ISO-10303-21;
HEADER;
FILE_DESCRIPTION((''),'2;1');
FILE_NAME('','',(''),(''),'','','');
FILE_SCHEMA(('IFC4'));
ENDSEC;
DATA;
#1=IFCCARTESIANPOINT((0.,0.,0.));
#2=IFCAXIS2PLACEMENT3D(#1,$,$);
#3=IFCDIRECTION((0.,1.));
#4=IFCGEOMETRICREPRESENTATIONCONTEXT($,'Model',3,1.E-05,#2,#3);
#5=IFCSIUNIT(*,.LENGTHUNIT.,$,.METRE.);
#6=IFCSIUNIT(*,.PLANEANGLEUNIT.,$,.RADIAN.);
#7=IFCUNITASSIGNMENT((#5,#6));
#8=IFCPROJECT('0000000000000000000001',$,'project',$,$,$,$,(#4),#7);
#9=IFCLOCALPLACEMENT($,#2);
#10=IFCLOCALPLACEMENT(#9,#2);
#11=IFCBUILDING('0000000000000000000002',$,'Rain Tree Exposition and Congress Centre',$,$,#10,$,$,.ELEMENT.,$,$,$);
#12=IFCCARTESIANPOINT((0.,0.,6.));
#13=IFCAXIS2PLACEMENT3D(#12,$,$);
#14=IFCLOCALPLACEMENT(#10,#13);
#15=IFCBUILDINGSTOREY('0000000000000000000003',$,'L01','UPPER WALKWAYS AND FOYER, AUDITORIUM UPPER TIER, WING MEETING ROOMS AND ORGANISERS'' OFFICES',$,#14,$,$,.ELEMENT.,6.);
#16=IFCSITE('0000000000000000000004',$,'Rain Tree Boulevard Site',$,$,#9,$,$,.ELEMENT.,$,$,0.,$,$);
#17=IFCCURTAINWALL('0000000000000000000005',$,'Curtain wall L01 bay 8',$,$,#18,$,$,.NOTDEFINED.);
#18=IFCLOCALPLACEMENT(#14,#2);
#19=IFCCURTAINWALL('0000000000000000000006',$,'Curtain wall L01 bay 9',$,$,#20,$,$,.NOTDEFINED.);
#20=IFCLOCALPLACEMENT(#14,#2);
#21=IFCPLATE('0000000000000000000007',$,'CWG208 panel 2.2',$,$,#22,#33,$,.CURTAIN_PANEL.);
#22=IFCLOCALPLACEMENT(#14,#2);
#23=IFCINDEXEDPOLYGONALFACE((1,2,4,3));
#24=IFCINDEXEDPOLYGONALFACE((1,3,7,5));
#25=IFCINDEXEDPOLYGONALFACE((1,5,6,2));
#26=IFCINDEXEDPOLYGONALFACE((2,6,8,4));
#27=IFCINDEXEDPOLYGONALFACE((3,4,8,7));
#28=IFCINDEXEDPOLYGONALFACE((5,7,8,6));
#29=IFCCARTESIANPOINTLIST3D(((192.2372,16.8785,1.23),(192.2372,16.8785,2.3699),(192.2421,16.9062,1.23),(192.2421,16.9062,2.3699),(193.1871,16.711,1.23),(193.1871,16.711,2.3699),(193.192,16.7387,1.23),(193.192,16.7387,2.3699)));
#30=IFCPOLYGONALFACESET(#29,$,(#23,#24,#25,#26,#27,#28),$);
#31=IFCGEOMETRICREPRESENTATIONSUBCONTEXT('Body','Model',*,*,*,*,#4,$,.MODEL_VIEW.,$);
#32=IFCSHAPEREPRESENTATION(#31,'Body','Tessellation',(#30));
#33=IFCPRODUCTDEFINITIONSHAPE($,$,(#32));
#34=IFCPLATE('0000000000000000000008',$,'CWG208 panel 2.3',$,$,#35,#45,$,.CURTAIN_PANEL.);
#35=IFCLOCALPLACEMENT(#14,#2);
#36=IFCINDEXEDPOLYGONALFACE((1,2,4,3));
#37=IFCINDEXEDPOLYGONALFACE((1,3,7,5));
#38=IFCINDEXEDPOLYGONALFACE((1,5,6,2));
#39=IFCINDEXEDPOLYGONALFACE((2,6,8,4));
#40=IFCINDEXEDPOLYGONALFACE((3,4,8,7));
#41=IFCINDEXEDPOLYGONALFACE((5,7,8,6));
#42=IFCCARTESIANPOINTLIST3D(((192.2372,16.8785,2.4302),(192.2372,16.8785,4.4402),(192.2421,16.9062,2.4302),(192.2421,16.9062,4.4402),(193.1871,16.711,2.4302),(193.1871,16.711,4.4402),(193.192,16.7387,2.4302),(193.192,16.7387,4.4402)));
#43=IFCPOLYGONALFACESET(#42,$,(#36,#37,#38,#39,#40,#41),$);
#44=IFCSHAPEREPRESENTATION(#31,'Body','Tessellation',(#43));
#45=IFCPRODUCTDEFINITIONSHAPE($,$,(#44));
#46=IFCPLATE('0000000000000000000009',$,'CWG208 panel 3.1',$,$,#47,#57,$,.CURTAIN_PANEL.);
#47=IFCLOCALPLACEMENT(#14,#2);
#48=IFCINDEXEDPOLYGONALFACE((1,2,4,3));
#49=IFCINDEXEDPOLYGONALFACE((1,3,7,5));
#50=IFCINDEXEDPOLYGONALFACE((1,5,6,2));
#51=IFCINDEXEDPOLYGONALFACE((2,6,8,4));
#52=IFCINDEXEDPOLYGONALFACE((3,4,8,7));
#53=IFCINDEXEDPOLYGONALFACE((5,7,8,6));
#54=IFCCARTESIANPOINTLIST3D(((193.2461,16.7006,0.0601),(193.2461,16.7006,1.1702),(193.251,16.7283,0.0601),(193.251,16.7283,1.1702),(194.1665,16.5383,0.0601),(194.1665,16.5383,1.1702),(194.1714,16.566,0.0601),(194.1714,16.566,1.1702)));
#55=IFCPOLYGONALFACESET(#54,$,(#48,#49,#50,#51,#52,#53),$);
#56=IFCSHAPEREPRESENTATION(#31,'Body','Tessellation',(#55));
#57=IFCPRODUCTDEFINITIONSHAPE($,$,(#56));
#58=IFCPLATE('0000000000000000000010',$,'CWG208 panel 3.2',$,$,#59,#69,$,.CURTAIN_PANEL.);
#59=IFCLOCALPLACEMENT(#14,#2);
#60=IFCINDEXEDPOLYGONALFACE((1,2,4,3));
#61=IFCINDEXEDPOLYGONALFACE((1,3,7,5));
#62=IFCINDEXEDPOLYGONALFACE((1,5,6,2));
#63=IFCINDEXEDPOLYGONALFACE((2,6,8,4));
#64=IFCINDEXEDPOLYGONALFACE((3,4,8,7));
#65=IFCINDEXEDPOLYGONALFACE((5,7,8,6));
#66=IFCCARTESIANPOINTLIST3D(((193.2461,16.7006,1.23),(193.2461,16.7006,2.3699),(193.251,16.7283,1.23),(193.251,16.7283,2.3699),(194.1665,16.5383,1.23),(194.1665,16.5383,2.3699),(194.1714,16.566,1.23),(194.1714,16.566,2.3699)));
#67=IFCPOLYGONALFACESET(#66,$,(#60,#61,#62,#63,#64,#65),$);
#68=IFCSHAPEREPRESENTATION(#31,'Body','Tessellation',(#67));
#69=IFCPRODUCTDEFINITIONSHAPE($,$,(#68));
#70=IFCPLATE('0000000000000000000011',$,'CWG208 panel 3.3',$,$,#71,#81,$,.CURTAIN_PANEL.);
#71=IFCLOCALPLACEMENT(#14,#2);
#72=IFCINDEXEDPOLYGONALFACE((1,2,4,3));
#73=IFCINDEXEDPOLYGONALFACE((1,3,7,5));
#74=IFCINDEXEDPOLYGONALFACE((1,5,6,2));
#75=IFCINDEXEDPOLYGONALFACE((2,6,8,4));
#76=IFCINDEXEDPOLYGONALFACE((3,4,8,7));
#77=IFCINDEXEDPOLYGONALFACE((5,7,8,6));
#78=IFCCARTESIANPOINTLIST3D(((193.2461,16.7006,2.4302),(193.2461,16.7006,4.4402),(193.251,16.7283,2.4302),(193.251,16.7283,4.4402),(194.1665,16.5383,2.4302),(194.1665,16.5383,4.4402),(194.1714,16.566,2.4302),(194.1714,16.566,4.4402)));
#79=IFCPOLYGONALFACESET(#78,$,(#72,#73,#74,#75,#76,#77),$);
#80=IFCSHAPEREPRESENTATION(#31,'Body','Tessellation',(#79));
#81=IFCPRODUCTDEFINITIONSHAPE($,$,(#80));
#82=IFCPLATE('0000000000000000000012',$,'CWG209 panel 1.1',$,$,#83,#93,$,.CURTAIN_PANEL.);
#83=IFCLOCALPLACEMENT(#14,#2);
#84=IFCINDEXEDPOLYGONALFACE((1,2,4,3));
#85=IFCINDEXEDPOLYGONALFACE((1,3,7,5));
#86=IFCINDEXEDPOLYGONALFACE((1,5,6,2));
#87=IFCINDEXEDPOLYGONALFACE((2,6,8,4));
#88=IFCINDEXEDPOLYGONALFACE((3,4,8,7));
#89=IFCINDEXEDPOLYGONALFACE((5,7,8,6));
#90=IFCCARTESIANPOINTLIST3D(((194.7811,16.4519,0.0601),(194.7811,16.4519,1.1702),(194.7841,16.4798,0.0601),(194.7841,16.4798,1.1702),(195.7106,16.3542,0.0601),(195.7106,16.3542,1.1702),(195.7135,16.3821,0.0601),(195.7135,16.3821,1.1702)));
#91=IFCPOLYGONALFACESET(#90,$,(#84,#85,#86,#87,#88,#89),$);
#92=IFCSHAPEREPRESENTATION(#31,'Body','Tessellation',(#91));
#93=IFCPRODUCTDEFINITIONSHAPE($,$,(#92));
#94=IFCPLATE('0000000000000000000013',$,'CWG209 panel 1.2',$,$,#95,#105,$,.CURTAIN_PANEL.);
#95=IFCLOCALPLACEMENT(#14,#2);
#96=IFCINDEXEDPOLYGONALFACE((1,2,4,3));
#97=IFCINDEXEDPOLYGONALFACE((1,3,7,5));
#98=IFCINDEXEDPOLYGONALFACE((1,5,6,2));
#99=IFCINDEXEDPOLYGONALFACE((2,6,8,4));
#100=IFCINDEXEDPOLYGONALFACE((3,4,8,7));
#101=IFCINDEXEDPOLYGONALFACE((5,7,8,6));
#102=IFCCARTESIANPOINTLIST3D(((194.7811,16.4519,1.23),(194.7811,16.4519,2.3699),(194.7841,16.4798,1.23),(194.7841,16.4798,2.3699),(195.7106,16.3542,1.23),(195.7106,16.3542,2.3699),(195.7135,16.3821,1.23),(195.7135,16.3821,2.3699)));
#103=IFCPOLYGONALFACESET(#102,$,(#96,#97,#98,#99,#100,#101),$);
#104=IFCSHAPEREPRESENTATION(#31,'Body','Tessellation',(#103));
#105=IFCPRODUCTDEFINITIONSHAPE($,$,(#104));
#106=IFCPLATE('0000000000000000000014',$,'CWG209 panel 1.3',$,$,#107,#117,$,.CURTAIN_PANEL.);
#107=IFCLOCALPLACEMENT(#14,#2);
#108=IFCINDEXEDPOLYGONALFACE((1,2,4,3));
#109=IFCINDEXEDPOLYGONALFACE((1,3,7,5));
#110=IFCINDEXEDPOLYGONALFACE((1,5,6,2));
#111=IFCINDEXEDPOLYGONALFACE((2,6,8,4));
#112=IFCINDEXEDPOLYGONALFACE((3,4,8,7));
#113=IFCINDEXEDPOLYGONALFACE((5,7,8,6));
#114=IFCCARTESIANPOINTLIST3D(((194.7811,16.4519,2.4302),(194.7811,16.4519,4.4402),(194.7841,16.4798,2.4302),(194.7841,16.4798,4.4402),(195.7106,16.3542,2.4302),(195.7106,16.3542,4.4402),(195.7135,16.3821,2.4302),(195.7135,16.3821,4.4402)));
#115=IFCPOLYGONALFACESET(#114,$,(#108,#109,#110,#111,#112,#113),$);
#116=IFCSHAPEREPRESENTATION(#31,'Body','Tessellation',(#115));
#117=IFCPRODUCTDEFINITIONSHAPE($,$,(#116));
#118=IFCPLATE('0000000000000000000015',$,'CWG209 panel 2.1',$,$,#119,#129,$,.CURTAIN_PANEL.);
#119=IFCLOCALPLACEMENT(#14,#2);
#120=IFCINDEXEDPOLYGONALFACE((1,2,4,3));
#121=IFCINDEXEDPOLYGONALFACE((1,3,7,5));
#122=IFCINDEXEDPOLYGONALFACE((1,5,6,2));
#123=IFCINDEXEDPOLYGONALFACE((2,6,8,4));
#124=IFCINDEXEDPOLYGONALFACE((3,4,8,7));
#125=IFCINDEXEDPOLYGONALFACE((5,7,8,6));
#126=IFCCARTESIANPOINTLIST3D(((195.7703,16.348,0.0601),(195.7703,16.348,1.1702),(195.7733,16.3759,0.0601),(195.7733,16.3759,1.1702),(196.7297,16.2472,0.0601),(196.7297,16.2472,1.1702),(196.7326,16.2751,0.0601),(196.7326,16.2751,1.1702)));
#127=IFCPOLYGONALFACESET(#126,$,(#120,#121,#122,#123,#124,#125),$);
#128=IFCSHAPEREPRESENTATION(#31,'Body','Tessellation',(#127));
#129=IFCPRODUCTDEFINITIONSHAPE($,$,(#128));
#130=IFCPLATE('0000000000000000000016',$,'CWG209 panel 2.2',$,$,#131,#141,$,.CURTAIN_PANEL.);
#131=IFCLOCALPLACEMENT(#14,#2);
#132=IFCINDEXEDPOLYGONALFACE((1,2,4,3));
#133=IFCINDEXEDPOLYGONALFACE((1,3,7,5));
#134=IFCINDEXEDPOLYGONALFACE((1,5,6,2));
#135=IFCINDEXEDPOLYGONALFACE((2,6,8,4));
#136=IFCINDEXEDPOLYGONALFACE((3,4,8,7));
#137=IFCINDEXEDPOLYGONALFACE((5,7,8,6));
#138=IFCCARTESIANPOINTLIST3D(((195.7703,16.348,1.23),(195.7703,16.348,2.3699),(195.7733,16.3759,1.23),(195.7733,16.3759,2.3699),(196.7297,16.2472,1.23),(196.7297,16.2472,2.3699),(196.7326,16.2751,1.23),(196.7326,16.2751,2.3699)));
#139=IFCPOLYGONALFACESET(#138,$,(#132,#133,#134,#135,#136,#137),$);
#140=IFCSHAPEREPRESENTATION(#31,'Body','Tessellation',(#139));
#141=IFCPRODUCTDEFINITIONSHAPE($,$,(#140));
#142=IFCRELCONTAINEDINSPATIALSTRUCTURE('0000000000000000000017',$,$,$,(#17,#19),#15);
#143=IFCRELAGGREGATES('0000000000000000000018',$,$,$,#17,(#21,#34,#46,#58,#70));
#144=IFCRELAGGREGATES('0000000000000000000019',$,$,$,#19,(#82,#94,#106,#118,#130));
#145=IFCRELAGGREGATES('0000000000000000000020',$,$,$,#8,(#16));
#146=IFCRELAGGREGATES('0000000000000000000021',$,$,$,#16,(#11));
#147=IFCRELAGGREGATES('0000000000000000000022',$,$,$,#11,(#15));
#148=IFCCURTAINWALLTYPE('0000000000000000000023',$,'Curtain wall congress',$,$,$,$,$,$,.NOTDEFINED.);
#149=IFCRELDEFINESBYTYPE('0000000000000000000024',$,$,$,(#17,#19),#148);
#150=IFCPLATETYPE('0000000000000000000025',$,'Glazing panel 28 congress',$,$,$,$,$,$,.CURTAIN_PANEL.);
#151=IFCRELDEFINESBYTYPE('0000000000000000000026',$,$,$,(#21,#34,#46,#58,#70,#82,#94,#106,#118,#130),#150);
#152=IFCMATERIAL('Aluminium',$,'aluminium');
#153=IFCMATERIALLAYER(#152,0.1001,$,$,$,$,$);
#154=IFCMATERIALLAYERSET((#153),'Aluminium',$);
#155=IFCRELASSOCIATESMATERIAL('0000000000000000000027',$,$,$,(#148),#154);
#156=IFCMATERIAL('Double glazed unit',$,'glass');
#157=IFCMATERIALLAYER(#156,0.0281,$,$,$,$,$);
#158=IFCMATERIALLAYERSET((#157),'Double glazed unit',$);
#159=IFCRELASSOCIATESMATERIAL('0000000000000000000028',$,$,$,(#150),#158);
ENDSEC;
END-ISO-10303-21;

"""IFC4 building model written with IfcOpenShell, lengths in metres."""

from ifc_helpers import new_model, si_unit, direction, frame, origin, origin_2d, place, context, subcontext, project, spatial, rectangle, extrude, material, layer, layer_set, type_object, element, aggregate, save


model = new_model("IFC4")

# Units and contexts
model_context = context("Model", 3, precision=1e-05, world=origin(), true_north=direction((0.0, 1.0)))
body_context = subcontext(model_context, "Body", "Model", "MODEL_VIEW")
ifc_project = project(units=[si_unit("LENGTHUNIT", "METRE"), si_unit("PLANEANGLEUNIT", "RADIAN")], contexts=[model_context])

# Site, building, storey
site_placement = place(None, origin())
site = spatial("IfcSite", under=ifc_project, at=site_placement, Name="Rain Tree Boulevard Site", CompositionType="ELEMENT", RefElevation=0.0)
building_placement = place(site_placement, origin())
building = spatial("IfcBuilding", under=site, at=building_placement, Name="Rain Tree Exposition and Congress Centre", CompositionType="ELEMENT")
storey_placement = place(building_placement, frame((0.0, 0.0, 6.0)))
storey = spatial("IfcBuildingStorey", under=building, at=storey_placement, Name="L01", Description="UPPER WALKWAYS AND FOYER, AUDITORIUM UPPER TIER, WING MEETING ROOMS AND ORGANISERS' OFFICES", CompositionType="ELEMENT", Elevation=6.0)

# Curtain walls
ifc_material_1 = material(Name="Aluminium", Category="aluminium")
ifc_layer_1 = layer(ifc_material_1, 0.1001)
ifc_layer_set_1 = layer_set([ifc_layer_1], Name="Aluminium")
curtain_wall_type = type_object("IfcCurtainWallType", Name="Curtain wall congress", PredefinedType="NOTDEFINED", material=ifc_layer_set_1)
curtain_wall_1_placement = place(storey_placement, origin())
curtain_wall_1 = element("IfcCurtainWall", 1, at=curtain_wall_1_placement, inside=storey, type_object=curtain_wall_type, Name="Curtain wall L01 bay 8", PredefinedType="NOTDEFINED")
curtain_wall_2_placement = place(storey_placement, origin())
curtain_wall_2 = element("IfcCurtainWall", 2, at=curtain_wall_2_placement, inside=storey, type_object=curtain_wall_type, Name="Curtain wall L01 bay 9", PredefinedType="NOTDEFINED")

# Plates
ifc_material_2 = material(Name="Double glazed unit", Category="glass")
ifc_layer_2 = layer(ifc_material_2, 0.0281)
ifc_layer_set_2 = layer_set([ifc_layer_2], Name="Double glazed unit")
plate_type = type_object("IfcPlateType", Name="Glazing panel 28 congress", PredefinedType="CURTAIN_PANEL", material=ifc_layer_set_2)
plate_1_placement = place(storey_placement, frame((192.7146, 16.8086, 1.23), z_axis=(0.0, 0.0, 1.0), x_axis=(0.98481, -0.173635, 0.0)))
plate_1 = element("IfcPlate", 3, at=plate_1_placement, type_object=plate_type, Name="CWG208 panel 2.2", PredefinedType="CURTAIN_PANEL", context=body_context, shape_type="SweptSolid", body=[
    extrude(rectangle(XDim=0.9646, YDim=0.0281, at=origin_2d()), origin(), (0.0, 0.0, 1.0), 1.1399),
])
plate_2_placement = place(storey_placement, frame((192.7146, 16.8086, 2.4302), z_axis=(0.0, 0.0, 1.0), x_axis=(0.98481, -0.173635, 0.0)))
plate_2 = element("IfcPlate", 4, at=plate_2_placement, type_object=plate_type, Name="CWG208 panel 2.3", PredefinedType="CURTAIN_PANEL", context=body_context, shape_type="SweptSolid", body=[
    extrude(rectangle(XDim=0.9646, YDim=0.0281, at=origin_2d()), origin(), (0.0, 0.0, 1.0), 2.01),
])
plate_3_placement = place(storey_placement, frame((193.7087, 16.6333, 0.0601), z_axis=(0.0, 0.0, 1.0), x_axis=(0.98481, -0.173635, 0.0)))
plate_3 = element("IfcPlate", 5, at=plate_3_placement, type_object=plate_type, Name="CWG208 panel 3.1", PredefinedType="CURTAIN_PANEL", context=body_context, shape_type="SweptSolid", body=[
    extrude(rectangle(XDim=0.9346, YDim=0.0281, at=origin_2d()), origin(), (0.0, 0.0, 1.0), 1.1101),
])
plate_4_placement = place(storey_placement, frame((193.7087, 16.6333, 1.23), z_axis=(0.0, 0.0, 1.0), x_axis=(0.98481, -0.173635, 0.0)))
plate_4 = element("IfcPlate", 6, at=plate_4_placement, type_object=plate_type, Name="CWG208 panel 3.2", PredefinedType="CURTAIN_PANEL", context=body_context, shape_type="SweptSolid", body=[
    extrude(rectangle(XDim=0.9346, YDim=0.0281, at=origin_2d()), origin(), (0.0, 0.0, 1.0), 1.1399),
])
plate_5_placement = place(storey_placement, frame((193.7087, 16.6333, 2.4302), z_axis=(0.0, 0.0, 1.0), x_axis=(0.98481, -0.173635, 0.0)))
plate_5 = element("IfcPlate", 7, at=plate_5_placement, type_object=plate_type, Name="CWG208 panel 3.3", PredefinedType="CURTAIN_PANEL", context=body_context, shape_type="SweptSolid", body=[
    extrude(rectangle(XDim=0.9346, YDim=0.0281, at=origin_2d()), origin(), (0.0, 0.0, 1.0), 2.01),
])
aggregate(curtain_wall_1, [plate_1, plate_2, plate_3, plate_4, plate_5])
plate_6_placement = place(storey_placement, frame((195.2473, 16.417, 0.0601), z_axis=(0.0, 0.0, 1.0), x_axis=(0.994525, -0.104502, 0.0)))
plate_6 = element("IfcPlate", 8, at=plate_6_placement, type_object=plate_type, Name="CWG209 panel 1.1", PredefinedType="CURTAIN_PANEL", context=body_context, shape_type="SweptSolid", body=[
    extrude(rectangle(XDim=0.9346, YDim=0.0281, at=origin_2d()), origin(), (0.0, 0.0, 1.0), 1.1101),
])
plate_7_placement = place(storey_placement, frame((195.2473, 16.417, 1.23), z_axis=(0.0, 0.0, 1.0), x_axis=(0.994525, -0.104502, 0.0)))
plate_7 = element("IfcPlate", 9, at=plate_7_placement, type_object=plate_type, Name="CWG209 panel 1.2", PredefinedType="CURTAIN_PANEL", context=body_context, shape_type="SweptSolid", body=[
    extrude(rectangle(XDim=0.9346, YDim=0.0281, at=origin_2d()), origin(), (0.0, 0.0, 1.0), 1.1399),
])
plate_8_placement = place(storey_placement, frame((195.2473, 16.417, 2.4302), z_axis=(0.0, 0.0, 1.0), x_axis=(0.994525, -0.104502, 0.0)))
plate_8 = element("IfcPlate", 10, at=plate_8_placement, type_object=plate_type, Name="CWG209 panel 1.3", PredefinedType="CURTAIN_PANEL", context=body_context, shape_type="SweptSolid", body=[
    extrude(rectangle(XDim=0.9346, YDim=0.0281, at=origin_2d()), origin(), (0.0, 0.0, 1.0), 2.01),
])
plate_9_placement = place(storey_placement, frame((196.2515, 16.3115, 0.0601), z_axis=(0.0, 0.0, 1.0), x_axis=(0.994525, -0.104502, 0.0)))
plate_9 = element("IfcPlate", 11, at=plate_9_placement, type_object=plate_type, Name="CWG209 panel 2.1", PredefinedType="CURTAIN_PANEL", context=body_context, shape_type="SweptSolid", body=[
    extrude(rectangle(XDim=0.9646, YDim=0.0281, at=origin_2d()), origin(), (0.0, 0.0, 1.0), 1.1101),
])
plate_10_placement = place(storey_placement, frame((196.2515, 16.3115, 1.23), z_axis=(0.0, 0.0, 1.0), x_axis=(0.994525, -0.104502, 0.0)))
plate_10 = element("IfcPlate", 12, at=plate_10_placement, type_object=plate_type, Name="CWG209 panel 2.2", PredefinedType="CURTAIN_PANEL", context=body_context, shape_type="SweptSolid", body=[
    extrude(rectangle(XDim=0.9646, YDim=0.0281, at=origin_2d()), origin(), (0.0, 0.0, 1.0), 1.1399),
])
aggregate(curtain_wall_2, [plate_6, plate_7, plate_8, plate_9, plate_10])

save(model, "model.ifc")
